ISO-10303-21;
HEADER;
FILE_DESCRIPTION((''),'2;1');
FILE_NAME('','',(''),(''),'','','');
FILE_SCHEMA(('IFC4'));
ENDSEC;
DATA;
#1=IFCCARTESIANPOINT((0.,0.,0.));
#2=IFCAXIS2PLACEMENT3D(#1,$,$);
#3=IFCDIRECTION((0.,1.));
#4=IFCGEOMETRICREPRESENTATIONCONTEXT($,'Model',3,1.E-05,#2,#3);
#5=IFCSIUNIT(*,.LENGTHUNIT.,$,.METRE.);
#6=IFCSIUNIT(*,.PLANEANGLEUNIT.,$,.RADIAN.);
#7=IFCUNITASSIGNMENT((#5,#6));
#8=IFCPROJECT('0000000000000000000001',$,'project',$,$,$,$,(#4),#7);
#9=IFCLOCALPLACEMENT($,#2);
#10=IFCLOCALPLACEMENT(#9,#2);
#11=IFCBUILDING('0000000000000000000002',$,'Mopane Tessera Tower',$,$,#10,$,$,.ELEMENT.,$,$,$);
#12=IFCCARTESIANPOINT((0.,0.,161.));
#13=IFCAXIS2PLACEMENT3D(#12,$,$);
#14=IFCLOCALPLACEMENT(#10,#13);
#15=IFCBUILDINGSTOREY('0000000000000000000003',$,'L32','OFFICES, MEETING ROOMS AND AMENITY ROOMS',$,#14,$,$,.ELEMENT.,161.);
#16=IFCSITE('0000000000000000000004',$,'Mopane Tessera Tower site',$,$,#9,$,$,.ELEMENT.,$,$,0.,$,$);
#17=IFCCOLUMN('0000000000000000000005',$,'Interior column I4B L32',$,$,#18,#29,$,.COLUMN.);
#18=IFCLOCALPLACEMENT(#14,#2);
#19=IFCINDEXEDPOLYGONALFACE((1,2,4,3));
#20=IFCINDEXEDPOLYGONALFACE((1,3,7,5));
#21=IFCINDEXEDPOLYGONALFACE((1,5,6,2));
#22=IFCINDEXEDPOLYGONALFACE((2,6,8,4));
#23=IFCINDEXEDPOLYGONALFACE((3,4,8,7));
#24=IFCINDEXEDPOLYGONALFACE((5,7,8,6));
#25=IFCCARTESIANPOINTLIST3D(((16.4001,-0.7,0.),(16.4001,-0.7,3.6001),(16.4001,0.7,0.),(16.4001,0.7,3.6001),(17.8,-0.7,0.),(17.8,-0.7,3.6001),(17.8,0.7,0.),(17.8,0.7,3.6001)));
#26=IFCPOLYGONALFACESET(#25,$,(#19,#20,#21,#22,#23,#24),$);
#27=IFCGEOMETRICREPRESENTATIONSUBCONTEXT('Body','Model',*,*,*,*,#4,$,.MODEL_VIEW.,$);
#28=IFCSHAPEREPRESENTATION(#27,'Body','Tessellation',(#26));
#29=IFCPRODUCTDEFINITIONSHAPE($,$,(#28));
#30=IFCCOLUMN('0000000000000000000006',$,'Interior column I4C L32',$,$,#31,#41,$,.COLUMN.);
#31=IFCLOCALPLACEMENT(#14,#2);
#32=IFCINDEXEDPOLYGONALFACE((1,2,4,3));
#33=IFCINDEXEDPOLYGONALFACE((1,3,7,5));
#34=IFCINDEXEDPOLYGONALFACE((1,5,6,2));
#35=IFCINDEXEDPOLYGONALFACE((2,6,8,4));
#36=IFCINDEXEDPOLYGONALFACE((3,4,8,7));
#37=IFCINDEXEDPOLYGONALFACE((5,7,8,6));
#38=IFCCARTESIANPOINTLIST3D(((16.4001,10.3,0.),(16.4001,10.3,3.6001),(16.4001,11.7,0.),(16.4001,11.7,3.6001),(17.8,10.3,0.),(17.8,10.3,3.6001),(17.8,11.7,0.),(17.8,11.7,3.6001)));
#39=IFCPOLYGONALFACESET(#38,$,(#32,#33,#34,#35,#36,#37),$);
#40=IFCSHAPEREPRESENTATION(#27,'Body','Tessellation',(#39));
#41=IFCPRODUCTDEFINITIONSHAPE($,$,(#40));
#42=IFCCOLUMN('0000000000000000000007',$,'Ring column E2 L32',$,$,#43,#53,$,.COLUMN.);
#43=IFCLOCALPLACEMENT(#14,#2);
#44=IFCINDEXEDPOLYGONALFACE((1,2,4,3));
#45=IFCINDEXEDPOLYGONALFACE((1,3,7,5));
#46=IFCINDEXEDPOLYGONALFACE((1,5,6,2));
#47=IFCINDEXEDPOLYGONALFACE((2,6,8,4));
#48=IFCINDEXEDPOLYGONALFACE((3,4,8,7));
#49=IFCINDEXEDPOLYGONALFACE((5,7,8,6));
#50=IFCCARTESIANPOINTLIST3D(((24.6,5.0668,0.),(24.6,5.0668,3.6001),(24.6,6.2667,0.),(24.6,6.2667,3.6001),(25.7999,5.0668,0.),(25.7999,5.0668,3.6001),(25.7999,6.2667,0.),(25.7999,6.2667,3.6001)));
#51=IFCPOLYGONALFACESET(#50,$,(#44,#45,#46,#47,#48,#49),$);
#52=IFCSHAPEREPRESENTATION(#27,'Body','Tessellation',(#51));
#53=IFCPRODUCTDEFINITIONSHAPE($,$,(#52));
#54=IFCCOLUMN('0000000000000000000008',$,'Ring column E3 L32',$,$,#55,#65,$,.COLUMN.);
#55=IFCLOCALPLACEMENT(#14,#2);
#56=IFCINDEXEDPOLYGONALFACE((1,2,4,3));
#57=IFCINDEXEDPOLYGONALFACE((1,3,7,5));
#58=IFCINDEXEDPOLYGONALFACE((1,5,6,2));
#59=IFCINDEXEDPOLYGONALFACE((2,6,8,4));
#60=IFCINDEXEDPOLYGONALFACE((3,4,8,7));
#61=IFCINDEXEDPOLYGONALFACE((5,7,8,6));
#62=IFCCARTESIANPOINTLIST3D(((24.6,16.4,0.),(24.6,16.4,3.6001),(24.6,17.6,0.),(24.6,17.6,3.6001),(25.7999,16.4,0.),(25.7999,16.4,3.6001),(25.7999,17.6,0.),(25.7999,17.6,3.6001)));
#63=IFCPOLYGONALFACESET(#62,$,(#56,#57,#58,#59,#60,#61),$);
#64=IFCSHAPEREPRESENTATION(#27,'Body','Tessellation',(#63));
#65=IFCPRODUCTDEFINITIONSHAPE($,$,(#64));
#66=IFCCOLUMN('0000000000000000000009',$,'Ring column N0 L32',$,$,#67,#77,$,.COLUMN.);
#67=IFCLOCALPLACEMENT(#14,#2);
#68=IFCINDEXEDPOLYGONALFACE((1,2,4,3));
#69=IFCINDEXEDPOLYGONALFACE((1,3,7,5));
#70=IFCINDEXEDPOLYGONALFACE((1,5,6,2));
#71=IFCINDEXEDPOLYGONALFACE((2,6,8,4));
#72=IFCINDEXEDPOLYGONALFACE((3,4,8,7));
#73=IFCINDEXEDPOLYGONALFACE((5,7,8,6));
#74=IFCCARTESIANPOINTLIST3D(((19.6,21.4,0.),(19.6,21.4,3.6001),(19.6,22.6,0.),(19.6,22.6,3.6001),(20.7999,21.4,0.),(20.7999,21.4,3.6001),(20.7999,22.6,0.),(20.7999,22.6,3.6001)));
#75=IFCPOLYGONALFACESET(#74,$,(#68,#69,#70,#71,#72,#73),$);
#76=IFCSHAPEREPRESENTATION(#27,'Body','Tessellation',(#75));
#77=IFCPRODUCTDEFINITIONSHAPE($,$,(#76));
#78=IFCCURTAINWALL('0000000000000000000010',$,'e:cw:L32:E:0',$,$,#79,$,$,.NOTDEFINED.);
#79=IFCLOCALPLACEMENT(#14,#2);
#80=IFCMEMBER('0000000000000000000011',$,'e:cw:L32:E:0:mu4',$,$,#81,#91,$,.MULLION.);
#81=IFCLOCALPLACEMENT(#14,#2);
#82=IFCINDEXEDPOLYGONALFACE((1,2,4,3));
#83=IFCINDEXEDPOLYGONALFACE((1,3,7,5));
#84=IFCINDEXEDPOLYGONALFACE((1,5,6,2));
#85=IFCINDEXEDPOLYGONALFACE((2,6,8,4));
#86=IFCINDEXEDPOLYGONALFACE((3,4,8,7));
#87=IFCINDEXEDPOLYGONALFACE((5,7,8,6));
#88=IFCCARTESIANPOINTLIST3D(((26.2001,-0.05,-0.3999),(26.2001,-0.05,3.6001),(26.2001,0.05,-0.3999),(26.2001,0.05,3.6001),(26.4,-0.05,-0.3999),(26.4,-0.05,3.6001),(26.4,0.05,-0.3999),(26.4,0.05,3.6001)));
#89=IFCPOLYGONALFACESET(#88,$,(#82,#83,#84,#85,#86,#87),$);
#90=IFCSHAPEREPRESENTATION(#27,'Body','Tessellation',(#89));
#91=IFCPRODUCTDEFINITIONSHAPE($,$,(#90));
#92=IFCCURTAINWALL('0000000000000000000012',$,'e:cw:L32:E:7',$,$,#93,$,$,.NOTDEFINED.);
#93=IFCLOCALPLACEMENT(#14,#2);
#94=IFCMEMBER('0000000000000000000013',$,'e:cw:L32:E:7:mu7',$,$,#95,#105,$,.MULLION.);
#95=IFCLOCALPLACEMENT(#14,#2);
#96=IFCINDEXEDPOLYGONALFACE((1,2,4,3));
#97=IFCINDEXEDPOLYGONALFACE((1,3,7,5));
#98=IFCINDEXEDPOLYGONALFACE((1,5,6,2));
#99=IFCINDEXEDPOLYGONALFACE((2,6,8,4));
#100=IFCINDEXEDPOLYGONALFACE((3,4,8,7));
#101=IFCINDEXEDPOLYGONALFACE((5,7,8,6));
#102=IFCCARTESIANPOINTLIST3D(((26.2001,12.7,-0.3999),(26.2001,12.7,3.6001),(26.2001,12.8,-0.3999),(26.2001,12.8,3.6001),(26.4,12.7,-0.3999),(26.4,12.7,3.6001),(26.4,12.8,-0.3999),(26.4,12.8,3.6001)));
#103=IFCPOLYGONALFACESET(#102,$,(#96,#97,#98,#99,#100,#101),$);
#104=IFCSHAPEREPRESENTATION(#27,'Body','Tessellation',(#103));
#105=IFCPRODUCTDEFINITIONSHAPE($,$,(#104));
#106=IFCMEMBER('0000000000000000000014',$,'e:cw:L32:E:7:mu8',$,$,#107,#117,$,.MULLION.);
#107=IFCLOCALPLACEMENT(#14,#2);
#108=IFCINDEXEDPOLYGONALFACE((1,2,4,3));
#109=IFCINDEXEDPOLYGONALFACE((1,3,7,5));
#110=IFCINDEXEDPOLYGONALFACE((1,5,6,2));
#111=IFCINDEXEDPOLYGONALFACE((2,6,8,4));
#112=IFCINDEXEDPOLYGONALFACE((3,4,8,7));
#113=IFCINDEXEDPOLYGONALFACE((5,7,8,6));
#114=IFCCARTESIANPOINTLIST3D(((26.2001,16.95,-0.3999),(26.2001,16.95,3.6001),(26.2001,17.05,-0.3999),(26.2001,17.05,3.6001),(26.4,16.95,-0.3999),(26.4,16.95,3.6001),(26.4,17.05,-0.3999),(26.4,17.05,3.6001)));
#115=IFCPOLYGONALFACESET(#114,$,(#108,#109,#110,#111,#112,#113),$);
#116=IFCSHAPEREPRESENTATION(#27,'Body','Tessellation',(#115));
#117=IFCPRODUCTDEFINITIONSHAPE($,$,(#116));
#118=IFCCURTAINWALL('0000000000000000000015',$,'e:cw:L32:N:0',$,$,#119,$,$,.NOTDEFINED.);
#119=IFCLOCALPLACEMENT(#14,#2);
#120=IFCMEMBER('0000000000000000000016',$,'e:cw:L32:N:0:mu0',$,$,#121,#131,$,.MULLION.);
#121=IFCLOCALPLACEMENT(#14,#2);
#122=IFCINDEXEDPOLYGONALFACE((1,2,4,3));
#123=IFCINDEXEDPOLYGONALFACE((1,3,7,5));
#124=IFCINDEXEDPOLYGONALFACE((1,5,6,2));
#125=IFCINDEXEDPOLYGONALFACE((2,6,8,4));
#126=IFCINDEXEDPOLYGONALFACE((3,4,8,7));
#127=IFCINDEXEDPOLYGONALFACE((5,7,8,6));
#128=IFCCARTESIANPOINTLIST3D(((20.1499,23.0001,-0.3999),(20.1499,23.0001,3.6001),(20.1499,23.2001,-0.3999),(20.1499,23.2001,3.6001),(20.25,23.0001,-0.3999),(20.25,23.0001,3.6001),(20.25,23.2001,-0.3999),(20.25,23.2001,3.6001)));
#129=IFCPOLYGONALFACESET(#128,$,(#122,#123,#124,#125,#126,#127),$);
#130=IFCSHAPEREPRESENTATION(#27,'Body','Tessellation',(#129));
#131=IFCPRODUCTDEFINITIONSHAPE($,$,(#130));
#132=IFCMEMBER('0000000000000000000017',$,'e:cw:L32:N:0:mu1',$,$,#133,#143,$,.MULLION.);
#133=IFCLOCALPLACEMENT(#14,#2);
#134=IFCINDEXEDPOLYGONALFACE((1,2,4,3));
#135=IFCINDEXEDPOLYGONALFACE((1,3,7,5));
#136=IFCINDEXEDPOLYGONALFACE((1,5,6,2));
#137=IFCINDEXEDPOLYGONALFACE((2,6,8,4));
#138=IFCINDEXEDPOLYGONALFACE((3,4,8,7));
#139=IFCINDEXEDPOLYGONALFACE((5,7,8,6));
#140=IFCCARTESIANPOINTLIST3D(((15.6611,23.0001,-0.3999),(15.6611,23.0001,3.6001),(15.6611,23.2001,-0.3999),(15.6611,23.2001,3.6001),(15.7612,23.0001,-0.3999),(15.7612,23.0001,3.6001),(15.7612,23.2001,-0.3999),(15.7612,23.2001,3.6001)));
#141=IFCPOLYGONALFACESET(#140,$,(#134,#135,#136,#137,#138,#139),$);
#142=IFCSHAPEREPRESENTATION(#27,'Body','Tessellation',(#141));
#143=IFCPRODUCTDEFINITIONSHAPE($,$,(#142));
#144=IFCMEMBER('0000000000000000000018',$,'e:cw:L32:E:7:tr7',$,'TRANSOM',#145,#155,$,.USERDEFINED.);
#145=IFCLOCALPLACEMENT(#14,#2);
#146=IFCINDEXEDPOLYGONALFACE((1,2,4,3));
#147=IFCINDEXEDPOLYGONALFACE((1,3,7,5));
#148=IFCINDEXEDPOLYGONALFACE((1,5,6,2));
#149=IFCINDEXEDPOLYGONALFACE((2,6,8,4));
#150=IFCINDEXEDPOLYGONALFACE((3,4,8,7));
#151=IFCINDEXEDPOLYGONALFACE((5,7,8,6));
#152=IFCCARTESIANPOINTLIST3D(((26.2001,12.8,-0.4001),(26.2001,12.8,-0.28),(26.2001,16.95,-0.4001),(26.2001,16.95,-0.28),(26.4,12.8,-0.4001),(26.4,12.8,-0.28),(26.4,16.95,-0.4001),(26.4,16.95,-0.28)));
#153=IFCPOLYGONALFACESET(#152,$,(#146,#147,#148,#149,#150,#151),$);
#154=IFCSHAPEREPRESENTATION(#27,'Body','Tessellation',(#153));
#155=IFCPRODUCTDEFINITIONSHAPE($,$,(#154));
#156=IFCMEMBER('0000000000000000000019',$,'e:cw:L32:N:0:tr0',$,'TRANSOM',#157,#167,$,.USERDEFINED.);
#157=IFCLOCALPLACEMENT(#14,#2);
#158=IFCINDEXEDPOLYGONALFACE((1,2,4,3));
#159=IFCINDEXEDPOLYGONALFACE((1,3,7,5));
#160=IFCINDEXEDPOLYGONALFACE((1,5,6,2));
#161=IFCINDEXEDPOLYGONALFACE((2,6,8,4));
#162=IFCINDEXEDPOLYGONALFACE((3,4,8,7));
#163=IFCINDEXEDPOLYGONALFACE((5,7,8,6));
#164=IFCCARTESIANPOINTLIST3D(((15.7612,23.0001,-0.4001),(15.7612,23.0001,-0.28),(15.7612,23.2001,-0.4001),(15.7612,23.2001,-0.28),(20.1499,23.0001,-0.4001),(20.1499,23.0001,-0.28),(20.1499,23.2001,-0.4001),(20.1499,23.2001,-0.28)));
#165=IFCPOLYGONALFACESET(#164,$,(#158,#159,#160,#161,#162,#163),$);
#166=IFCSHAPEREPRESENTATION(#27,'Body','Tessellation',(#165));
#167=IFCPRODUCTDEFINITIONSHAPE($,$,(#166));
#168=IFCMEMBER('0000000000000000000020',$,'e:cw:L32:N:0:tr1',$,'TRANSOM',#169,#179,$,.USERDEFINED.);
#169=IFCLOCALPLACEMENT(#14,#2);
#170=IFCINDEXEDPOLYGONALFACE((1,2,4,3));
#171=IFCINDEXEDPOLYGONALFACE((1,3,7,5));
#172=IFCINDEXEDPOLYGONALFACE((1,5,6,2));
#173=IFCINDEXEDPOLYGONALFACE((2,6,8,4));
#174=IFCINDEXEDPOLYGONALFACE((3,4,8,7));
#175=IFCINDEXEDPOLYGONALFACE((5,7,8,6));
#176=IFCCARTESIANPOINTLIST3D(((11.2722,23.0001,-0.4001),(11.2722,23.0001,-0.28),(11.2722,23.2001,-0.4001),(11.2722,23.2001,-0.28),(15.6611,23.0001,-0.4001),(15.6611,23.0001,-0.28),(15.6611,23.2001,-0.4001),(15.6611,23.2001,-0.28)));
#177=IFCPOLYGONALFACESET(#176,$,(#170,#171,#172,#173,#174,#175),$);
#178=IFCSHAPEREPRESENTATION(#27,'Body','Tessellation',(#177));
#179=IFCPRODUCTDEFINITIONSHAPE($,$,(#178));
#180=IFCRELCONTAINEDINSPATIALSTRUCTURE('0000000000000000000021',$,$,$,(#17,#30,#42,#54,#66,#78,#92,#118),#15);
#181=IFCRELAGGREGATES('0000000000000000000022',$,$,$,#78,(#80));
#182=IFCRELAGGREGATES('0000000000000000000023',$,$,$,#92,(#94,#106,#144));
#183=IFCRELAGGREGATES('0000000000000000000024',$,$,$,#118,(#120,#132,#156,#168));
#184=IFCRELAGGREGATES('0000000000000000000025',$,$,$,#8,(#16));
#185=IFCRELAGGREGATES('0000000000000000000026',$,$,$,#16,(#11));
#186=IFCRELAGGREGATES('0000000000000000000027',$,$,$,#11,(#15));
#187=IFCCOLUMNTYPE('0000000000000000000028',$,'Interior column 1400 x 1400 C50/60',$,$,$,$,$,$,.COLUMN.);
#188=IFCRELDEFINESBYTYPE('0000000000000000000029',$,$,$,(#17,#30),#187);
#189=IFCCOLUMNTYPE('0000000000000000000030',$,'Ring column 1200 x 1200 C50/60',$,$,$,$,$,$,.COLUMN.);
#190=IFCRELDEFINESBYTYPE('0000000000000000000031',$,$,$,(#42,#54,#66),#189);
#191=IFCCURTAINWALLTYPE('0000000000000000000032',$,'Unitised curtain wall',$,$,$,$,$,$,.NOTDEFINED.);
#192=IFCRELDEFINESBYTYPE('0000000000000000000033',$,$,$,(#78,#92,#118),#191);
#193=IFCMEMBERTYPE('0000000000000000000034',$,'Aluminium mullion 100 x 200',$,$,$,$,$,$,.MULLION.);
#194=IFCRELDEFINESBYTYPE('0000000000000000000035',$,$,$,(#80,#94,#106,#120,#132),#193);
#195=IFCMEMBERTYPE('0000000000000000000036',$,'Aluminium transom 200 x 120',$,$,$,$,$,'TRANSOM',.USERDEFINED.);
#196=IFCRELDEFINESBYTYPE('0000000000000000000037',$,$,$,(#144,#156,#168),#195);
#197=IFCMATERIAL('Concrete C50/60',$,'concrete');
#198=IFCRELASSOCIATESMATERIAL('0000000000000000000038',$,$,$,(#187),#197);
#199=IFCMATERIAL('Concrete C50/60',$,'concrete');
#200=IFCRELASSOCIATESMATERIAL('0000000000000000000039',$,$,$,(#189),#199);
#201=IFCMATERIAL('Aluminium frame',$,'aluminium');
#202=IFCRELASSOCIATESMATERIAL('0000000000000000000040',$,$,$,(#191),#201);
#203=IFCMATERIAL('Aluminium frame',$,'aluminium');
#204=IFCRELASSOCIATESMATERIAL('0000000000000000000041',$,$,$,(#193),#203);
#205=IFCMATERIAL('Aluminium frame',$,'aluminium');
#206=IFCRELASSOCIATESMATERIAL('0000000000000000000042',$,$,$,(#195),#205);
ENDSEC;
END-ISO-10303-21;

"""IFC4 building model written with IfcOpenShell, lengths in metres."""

from ifc_helpers import new_model, si_unit, direction, frame, origin, origin_2d, place, context, subcontext, project, spatial, rectangle, extrude, material, material_profile, profile_set, type_object, element, aggregate, save


model = new_model("IFC4")

# Units and contexts
model_context = context("Model", 3, precision=1e-05, world=origin(), true_north=direction((0.0, 1.0)))
body_context = subcontext(model_context, "Body", "Model", "MODEL_VIEW")
ifc_project = project(units=[si_unit("LENGTHUNIT", "METRE"), si_unit("PLANEANGLEUNIT", "RADIAN")], contexts=[model_context])

# Site, building, storey
site_placement = place(None, origin())
site = spatial("IfcSite", under=ifc_project, at=site_placement, Name="Mopane Tessera Tower site", CompositionType="ELEMENT", RefElevation=0.0)
building_placement = place(site_placement, origin())
building = spatial("IfcBuilding", under=site, at=building_placement, Name="Mopane Tessera Tower", CompositionType="ELEMENT")
storey_placement = place(building_placement, frame((0.0, 0.0, 161.0)))
storey = spatial("IfcBuildingStorey", under=building, at=storey_placement, Name="L32", Description="OFFICES, MEETING ROOMS AND AMENITY ROOMS", CompositionType="ELEMENT", Elevation=161.0)

# Columns
ifc_material_1 = material(Name="Concrete C50/60", Category="concrete")
ifc_material_profile_1 = material_profile(ifc_material_1, rectangle(XDim=1.3999, YDim=1.3999, at=origin_2d()))
ifc_profile_set_1 = profile_set([ifc_material_profile_1], Name="Concrete C50/60")
column_type_1 = type_object("IfcColumnType", Name="Interior column 1400 x 1400 C50/60", PredefinedType="COLUMN", material=ifc_profile_set_1)
for number, where, z_axis, x_axis, name in (
    (1, (17.1001, 0.0, 0.0), (0.0, 0.0, 1.0), (1.0, 0.0, 0.0), "Interior column I4B L32"),
    (2, (17.1001, 11.0, 0.0), (0.0, 0.0, 1.0), (1.0, 0.0, 0.0), "Interior column I4C L32"),
):
    element("IfcColumn", number, at=place(storey_placement, frame(where, z_axis=z_axis, x_axis=x_axis)), inside=storey, type_object=column_type_1, Name=name, PredefinedType="COLUMN", context=body_context, shape_type="SweptSolid", body=[
        extrude(rectangle(XDim=1.3999, YDim=1.3999, at=origin_2d()), origin(), (0.0, 0.0, 1.0), 3.6001),
    ])
ifc_material_2 = material(Name="Concrete C50/60", Category="concrete")
ifc_material_profile_2 = material_profile(ifc_material_2, rectangle(XDim=1.2, YDim=1.2, at=origin_2d()))
ifc_profile_set_2 = profile_set([ifc_material_profile_2], Name="Concrete C50/60")
column_type_2 = type_object("IfcColumnType", Name="Ring column 1200 x 1200 C50/60", PredefinedType="COLUMN", material=ifc_profile_set_2)
for number, where, z_axis, x_axis, name in (
    (3, (25.2, 5.6667, 0.0), (0.0, 0.0, 1.0), (1.0, 0.0, 0.0), "Ring column E2 L32"),
    (4, (25.2, 17.0, 0.0), (0.0, 0.0, 1.0), (1.0, 0.0, 0.0), "Ring column E3 L32"),
    (5, (20.2, 22.0, 0.0), (0.0, 0.0, 1.0), (1.0, 0.0, 0.0), "Ring column N0 L32"),
):
    element("IfcColumn", number, at=place(storey_placement, frame(where, z_axis=z_axis, x_axis=x_axis)), inside=storey, type_object=column_type_2, Name=name, PredefinedType="COLUMN", context=body_context, shape_type="SweptSolid", body=[
        extrude(rectangle(XDim=1.2, YDim=1.2, at=origin_2d()), origin(), (0.0, 0.0, 1.0), 3.6001),
    ])

# Curtain wall, member
ifc_material_3 = material(Name="Aluminium frame", Category="aluminium")
curtain_wall_type = type_object("IfcCurtainWallType", Name="Unitised curtain wall", PredefinedType="NOTDEFINED", material=ifc_material_3)
curtain_wall_1_placement = place(storey_placement, origin())
curtain_wall_1 = element("IfcCurtainWall", 6, at=curtain_wall_1_placement, inside=storey, type_object=curtain_wall_type, Name="e:cw:L32:E:0", PredefinedType="NOTDEFINED")
ifc_material_4 = material(Name="Aluminium frame", Category="aluminium")
ifc_material_profile_3 = material_profile(ifc_material_4, rectangle(XDim=0.1001, YDim=0.2, at=origin_2d()))
ifc_profile_set_3 = profile_set([ifc_material_profile_3], Name="Aluminium frame")
member_type_1 = type_object("IfcMemberType", Name="Aluminium mullion 100 x 200", PredefinedType="MULLION", material=ifc_profile_set_3)
member_1_placement = place(storey_placement, frame((26.3, 0.0, -0.3999), z_axis=(0.0, 0.0, 1.0), x_axis=(0.0, 1.0, 0.0)))
member_1 = element("IfcMember", 7, at=member_1_placement, type_object=member_type_1, Name="e:cw:L32:E:0:mu4", PredefinedType="MULLION", context=body_context, shape_type="SweptSolid", body=[
    extrude(rectangle(XDim=0.1001, YDim=0.2, at=origin_2d()), origin(), (0.0, 0.0, 1.0), 4.0),
])
aggregate(curtain_wall_1, [member_1])

# Curtain walls, members
curtain_wall_2_placement = place(storey_placement, origin())
curtain_wall_2 = element("IfcCurtainWall", 8, at=curtain_wall_2_placement, inside=storey, type_object=curtain_wall_type, Name="e:cw:L32:E:7", PredefinedType="NOTDEFINED")
member_2_placement = place(storey_placement, frame((26.3, 12.75, -0.3999), z_axis=(0.0, 0.0, 1.0), x_axis=(0.0, 1.0, 0.0)))
member_2 = element("IfcMember", 9, at=member_2_placement, type_object=member_type_1, Name="e:cw:L32:E:7:mu7", PredefinedType="MULLION", context=body_context, shape_type="SweptSolid", body=[
    extrude(rectangle(XDim=0.1001, YDim=0.2, at=origin_2d()), origin(), (0.0, 0.0, 1.0), 4.0),
])
member_3_placement = place(storey_placement, frame((26.3, 17.0, -0.3999), z_axis=(0.0, 0.0, 1.0), x_axis=(0.0, 1.0, 0.0)))
member_3 = element("IfcMember", 10, at=member_3_placement, type_object=member_type_1, Name="e:cw:L32:E:7:mu8", PredefinedType="MULLION", context=body_context, shape_type="SweptSolid", body=[
    extrude(rectangle(XDim=0.1001, YDim=0.2, at=origin_2d()), origin(), (0.0, 0.0, 1.0), 4.0),
])
curtain_wall_3_placement = place(storey_placement, origin())
curtain_wall_3 = element("IfcCurtainWall", 11, at=curtain_wall_3_placement, inside=storey, type_object=curtain_wall_type, Name="e:cw:L32:N:0", PredefinedType="NOTDEFINED")
member_4_placement = place(storey_placement, frame((20.2, 23.1001, -0.3999), z_axis=(0.0, 0.0, 1.0), x_axis=(-1.0, 0.0, 0.0)))
member_4 = element("IfcMember", 12, at=member_4_placement, type_object=member_type_1, Name="e:cw:L32:N:0:mu0", PredefinedType="MULLION", context=body_context, shape_type="SweptSolid", body=[
    extrude(rectangle(XDim=0.1001, YDim=0.2, at=origin_2d()), origin(), (0.0, 0.0, 1.0), 4.0),
])
member_5_placement = place(storey_placement, frame((15.7112, 23.1001, -0.3999), z_axis=(0.0, 0.0, 1.0), x_axis=(-1.0, 0.0, 0.0)))
member_5 = element("IfcMember", 13, at=member_5_placement, type_object=member_type_1, Name="e:cw:L32:N:0:mu1", PredefinedType="MULLION", context=body_context, shape_type="SweptSolid", body=[
    extrude(rectangle(XDim=0.1001, YDim=0.2, at=origin_2d()), origin(), (0.0, 0.0, 1.0), 4.0),
])

# Members
ifc_material_5 = material(Name="Aluminium frame", Category="aluminium")
ifc_material_profile_4 = material_profile(ifc_material_5, rectangle(XDim=0.2, YDim=0.1201, at=origin_2d()))
ifc_profile_set_4 = profile_set([ifc_material_profile_4], Name="Aluminium frame")
member_type_2 = type_object("IfcMemberType", Name="Aluminium transom 200 x 120", ElementType="TRANSOM", PredefinedType="USERDEFINED", material=ifc_profile_set_4)
member_6_placement = place(storey_placement, frame((26.3, 12.8, -0.3401), z_axis=(0.0, 1.0, 0.0), x_axis=(-1.0, 0.0, 0.0)))
member_6 = element("IfcMember", 14, at=member_6_placement, type_object=member_type_2, Name="e:cw:L32:E:7:tr7", ObjectType="TRANSOM", PredefinedType="USERDEFINED", context=body_context, shape_type="SweptSolid", body=[
    extrude(rectangle(XDim=0.2, YDim=0.1201, at=origin_2d()), origin(), (0.0, 0.0, 1.0), 4.1499),
])
member_7_placement = place(storey_placement, frame((20.1499, 23.1001, -0.3401), z_axis=(-1.0, 0.0, 0.0), x_axis=(0.0, -1.0, 0.0)))
member_7 = element("IfcMember", 15, at=member_7_placement, type_object=member_type_2, Name="e:cw:L32:N:0:tr0", ObjectType="TRANSOM", PredefinedType="USERDEFINED", context=body_context, shape_type="SweptSolid", body=[
    extrude(rectangle(XDim=0.2, YDim=0.1201, at=origin_2d()), origin(), (0.0, 0.0, 1.0), 4.3887),
])
member_8_placement = place(storey_placement, frame((15.6611, 23.1001, -0.3401), z_axis=(-1.0, 0.0, 0.0), x_axis=(0.0, -1.0, 0.0)))
member_8 = element("IfcMember", 16, at=member_8_placement, type_object=member_type_2, Name="e:cw:L32:N:0:tr1", ObjectType="TRANSOM", PredefinedType="USERDEFINED", context=body_context, shape_type="SweptSolid", body=[
    extrude(rectangle(XDim=0.2, YDim=0.1201, at=origin_2d()), origin(), (0.0, 0.0, 1.0), 4.3889),
])

aggregate(curtain_wall_2, [member_2, member_3, member_6])
aggregate(curtain_wall_3, [member_4, member_5, member_7, member_8])

save(model, "model.ifc")
